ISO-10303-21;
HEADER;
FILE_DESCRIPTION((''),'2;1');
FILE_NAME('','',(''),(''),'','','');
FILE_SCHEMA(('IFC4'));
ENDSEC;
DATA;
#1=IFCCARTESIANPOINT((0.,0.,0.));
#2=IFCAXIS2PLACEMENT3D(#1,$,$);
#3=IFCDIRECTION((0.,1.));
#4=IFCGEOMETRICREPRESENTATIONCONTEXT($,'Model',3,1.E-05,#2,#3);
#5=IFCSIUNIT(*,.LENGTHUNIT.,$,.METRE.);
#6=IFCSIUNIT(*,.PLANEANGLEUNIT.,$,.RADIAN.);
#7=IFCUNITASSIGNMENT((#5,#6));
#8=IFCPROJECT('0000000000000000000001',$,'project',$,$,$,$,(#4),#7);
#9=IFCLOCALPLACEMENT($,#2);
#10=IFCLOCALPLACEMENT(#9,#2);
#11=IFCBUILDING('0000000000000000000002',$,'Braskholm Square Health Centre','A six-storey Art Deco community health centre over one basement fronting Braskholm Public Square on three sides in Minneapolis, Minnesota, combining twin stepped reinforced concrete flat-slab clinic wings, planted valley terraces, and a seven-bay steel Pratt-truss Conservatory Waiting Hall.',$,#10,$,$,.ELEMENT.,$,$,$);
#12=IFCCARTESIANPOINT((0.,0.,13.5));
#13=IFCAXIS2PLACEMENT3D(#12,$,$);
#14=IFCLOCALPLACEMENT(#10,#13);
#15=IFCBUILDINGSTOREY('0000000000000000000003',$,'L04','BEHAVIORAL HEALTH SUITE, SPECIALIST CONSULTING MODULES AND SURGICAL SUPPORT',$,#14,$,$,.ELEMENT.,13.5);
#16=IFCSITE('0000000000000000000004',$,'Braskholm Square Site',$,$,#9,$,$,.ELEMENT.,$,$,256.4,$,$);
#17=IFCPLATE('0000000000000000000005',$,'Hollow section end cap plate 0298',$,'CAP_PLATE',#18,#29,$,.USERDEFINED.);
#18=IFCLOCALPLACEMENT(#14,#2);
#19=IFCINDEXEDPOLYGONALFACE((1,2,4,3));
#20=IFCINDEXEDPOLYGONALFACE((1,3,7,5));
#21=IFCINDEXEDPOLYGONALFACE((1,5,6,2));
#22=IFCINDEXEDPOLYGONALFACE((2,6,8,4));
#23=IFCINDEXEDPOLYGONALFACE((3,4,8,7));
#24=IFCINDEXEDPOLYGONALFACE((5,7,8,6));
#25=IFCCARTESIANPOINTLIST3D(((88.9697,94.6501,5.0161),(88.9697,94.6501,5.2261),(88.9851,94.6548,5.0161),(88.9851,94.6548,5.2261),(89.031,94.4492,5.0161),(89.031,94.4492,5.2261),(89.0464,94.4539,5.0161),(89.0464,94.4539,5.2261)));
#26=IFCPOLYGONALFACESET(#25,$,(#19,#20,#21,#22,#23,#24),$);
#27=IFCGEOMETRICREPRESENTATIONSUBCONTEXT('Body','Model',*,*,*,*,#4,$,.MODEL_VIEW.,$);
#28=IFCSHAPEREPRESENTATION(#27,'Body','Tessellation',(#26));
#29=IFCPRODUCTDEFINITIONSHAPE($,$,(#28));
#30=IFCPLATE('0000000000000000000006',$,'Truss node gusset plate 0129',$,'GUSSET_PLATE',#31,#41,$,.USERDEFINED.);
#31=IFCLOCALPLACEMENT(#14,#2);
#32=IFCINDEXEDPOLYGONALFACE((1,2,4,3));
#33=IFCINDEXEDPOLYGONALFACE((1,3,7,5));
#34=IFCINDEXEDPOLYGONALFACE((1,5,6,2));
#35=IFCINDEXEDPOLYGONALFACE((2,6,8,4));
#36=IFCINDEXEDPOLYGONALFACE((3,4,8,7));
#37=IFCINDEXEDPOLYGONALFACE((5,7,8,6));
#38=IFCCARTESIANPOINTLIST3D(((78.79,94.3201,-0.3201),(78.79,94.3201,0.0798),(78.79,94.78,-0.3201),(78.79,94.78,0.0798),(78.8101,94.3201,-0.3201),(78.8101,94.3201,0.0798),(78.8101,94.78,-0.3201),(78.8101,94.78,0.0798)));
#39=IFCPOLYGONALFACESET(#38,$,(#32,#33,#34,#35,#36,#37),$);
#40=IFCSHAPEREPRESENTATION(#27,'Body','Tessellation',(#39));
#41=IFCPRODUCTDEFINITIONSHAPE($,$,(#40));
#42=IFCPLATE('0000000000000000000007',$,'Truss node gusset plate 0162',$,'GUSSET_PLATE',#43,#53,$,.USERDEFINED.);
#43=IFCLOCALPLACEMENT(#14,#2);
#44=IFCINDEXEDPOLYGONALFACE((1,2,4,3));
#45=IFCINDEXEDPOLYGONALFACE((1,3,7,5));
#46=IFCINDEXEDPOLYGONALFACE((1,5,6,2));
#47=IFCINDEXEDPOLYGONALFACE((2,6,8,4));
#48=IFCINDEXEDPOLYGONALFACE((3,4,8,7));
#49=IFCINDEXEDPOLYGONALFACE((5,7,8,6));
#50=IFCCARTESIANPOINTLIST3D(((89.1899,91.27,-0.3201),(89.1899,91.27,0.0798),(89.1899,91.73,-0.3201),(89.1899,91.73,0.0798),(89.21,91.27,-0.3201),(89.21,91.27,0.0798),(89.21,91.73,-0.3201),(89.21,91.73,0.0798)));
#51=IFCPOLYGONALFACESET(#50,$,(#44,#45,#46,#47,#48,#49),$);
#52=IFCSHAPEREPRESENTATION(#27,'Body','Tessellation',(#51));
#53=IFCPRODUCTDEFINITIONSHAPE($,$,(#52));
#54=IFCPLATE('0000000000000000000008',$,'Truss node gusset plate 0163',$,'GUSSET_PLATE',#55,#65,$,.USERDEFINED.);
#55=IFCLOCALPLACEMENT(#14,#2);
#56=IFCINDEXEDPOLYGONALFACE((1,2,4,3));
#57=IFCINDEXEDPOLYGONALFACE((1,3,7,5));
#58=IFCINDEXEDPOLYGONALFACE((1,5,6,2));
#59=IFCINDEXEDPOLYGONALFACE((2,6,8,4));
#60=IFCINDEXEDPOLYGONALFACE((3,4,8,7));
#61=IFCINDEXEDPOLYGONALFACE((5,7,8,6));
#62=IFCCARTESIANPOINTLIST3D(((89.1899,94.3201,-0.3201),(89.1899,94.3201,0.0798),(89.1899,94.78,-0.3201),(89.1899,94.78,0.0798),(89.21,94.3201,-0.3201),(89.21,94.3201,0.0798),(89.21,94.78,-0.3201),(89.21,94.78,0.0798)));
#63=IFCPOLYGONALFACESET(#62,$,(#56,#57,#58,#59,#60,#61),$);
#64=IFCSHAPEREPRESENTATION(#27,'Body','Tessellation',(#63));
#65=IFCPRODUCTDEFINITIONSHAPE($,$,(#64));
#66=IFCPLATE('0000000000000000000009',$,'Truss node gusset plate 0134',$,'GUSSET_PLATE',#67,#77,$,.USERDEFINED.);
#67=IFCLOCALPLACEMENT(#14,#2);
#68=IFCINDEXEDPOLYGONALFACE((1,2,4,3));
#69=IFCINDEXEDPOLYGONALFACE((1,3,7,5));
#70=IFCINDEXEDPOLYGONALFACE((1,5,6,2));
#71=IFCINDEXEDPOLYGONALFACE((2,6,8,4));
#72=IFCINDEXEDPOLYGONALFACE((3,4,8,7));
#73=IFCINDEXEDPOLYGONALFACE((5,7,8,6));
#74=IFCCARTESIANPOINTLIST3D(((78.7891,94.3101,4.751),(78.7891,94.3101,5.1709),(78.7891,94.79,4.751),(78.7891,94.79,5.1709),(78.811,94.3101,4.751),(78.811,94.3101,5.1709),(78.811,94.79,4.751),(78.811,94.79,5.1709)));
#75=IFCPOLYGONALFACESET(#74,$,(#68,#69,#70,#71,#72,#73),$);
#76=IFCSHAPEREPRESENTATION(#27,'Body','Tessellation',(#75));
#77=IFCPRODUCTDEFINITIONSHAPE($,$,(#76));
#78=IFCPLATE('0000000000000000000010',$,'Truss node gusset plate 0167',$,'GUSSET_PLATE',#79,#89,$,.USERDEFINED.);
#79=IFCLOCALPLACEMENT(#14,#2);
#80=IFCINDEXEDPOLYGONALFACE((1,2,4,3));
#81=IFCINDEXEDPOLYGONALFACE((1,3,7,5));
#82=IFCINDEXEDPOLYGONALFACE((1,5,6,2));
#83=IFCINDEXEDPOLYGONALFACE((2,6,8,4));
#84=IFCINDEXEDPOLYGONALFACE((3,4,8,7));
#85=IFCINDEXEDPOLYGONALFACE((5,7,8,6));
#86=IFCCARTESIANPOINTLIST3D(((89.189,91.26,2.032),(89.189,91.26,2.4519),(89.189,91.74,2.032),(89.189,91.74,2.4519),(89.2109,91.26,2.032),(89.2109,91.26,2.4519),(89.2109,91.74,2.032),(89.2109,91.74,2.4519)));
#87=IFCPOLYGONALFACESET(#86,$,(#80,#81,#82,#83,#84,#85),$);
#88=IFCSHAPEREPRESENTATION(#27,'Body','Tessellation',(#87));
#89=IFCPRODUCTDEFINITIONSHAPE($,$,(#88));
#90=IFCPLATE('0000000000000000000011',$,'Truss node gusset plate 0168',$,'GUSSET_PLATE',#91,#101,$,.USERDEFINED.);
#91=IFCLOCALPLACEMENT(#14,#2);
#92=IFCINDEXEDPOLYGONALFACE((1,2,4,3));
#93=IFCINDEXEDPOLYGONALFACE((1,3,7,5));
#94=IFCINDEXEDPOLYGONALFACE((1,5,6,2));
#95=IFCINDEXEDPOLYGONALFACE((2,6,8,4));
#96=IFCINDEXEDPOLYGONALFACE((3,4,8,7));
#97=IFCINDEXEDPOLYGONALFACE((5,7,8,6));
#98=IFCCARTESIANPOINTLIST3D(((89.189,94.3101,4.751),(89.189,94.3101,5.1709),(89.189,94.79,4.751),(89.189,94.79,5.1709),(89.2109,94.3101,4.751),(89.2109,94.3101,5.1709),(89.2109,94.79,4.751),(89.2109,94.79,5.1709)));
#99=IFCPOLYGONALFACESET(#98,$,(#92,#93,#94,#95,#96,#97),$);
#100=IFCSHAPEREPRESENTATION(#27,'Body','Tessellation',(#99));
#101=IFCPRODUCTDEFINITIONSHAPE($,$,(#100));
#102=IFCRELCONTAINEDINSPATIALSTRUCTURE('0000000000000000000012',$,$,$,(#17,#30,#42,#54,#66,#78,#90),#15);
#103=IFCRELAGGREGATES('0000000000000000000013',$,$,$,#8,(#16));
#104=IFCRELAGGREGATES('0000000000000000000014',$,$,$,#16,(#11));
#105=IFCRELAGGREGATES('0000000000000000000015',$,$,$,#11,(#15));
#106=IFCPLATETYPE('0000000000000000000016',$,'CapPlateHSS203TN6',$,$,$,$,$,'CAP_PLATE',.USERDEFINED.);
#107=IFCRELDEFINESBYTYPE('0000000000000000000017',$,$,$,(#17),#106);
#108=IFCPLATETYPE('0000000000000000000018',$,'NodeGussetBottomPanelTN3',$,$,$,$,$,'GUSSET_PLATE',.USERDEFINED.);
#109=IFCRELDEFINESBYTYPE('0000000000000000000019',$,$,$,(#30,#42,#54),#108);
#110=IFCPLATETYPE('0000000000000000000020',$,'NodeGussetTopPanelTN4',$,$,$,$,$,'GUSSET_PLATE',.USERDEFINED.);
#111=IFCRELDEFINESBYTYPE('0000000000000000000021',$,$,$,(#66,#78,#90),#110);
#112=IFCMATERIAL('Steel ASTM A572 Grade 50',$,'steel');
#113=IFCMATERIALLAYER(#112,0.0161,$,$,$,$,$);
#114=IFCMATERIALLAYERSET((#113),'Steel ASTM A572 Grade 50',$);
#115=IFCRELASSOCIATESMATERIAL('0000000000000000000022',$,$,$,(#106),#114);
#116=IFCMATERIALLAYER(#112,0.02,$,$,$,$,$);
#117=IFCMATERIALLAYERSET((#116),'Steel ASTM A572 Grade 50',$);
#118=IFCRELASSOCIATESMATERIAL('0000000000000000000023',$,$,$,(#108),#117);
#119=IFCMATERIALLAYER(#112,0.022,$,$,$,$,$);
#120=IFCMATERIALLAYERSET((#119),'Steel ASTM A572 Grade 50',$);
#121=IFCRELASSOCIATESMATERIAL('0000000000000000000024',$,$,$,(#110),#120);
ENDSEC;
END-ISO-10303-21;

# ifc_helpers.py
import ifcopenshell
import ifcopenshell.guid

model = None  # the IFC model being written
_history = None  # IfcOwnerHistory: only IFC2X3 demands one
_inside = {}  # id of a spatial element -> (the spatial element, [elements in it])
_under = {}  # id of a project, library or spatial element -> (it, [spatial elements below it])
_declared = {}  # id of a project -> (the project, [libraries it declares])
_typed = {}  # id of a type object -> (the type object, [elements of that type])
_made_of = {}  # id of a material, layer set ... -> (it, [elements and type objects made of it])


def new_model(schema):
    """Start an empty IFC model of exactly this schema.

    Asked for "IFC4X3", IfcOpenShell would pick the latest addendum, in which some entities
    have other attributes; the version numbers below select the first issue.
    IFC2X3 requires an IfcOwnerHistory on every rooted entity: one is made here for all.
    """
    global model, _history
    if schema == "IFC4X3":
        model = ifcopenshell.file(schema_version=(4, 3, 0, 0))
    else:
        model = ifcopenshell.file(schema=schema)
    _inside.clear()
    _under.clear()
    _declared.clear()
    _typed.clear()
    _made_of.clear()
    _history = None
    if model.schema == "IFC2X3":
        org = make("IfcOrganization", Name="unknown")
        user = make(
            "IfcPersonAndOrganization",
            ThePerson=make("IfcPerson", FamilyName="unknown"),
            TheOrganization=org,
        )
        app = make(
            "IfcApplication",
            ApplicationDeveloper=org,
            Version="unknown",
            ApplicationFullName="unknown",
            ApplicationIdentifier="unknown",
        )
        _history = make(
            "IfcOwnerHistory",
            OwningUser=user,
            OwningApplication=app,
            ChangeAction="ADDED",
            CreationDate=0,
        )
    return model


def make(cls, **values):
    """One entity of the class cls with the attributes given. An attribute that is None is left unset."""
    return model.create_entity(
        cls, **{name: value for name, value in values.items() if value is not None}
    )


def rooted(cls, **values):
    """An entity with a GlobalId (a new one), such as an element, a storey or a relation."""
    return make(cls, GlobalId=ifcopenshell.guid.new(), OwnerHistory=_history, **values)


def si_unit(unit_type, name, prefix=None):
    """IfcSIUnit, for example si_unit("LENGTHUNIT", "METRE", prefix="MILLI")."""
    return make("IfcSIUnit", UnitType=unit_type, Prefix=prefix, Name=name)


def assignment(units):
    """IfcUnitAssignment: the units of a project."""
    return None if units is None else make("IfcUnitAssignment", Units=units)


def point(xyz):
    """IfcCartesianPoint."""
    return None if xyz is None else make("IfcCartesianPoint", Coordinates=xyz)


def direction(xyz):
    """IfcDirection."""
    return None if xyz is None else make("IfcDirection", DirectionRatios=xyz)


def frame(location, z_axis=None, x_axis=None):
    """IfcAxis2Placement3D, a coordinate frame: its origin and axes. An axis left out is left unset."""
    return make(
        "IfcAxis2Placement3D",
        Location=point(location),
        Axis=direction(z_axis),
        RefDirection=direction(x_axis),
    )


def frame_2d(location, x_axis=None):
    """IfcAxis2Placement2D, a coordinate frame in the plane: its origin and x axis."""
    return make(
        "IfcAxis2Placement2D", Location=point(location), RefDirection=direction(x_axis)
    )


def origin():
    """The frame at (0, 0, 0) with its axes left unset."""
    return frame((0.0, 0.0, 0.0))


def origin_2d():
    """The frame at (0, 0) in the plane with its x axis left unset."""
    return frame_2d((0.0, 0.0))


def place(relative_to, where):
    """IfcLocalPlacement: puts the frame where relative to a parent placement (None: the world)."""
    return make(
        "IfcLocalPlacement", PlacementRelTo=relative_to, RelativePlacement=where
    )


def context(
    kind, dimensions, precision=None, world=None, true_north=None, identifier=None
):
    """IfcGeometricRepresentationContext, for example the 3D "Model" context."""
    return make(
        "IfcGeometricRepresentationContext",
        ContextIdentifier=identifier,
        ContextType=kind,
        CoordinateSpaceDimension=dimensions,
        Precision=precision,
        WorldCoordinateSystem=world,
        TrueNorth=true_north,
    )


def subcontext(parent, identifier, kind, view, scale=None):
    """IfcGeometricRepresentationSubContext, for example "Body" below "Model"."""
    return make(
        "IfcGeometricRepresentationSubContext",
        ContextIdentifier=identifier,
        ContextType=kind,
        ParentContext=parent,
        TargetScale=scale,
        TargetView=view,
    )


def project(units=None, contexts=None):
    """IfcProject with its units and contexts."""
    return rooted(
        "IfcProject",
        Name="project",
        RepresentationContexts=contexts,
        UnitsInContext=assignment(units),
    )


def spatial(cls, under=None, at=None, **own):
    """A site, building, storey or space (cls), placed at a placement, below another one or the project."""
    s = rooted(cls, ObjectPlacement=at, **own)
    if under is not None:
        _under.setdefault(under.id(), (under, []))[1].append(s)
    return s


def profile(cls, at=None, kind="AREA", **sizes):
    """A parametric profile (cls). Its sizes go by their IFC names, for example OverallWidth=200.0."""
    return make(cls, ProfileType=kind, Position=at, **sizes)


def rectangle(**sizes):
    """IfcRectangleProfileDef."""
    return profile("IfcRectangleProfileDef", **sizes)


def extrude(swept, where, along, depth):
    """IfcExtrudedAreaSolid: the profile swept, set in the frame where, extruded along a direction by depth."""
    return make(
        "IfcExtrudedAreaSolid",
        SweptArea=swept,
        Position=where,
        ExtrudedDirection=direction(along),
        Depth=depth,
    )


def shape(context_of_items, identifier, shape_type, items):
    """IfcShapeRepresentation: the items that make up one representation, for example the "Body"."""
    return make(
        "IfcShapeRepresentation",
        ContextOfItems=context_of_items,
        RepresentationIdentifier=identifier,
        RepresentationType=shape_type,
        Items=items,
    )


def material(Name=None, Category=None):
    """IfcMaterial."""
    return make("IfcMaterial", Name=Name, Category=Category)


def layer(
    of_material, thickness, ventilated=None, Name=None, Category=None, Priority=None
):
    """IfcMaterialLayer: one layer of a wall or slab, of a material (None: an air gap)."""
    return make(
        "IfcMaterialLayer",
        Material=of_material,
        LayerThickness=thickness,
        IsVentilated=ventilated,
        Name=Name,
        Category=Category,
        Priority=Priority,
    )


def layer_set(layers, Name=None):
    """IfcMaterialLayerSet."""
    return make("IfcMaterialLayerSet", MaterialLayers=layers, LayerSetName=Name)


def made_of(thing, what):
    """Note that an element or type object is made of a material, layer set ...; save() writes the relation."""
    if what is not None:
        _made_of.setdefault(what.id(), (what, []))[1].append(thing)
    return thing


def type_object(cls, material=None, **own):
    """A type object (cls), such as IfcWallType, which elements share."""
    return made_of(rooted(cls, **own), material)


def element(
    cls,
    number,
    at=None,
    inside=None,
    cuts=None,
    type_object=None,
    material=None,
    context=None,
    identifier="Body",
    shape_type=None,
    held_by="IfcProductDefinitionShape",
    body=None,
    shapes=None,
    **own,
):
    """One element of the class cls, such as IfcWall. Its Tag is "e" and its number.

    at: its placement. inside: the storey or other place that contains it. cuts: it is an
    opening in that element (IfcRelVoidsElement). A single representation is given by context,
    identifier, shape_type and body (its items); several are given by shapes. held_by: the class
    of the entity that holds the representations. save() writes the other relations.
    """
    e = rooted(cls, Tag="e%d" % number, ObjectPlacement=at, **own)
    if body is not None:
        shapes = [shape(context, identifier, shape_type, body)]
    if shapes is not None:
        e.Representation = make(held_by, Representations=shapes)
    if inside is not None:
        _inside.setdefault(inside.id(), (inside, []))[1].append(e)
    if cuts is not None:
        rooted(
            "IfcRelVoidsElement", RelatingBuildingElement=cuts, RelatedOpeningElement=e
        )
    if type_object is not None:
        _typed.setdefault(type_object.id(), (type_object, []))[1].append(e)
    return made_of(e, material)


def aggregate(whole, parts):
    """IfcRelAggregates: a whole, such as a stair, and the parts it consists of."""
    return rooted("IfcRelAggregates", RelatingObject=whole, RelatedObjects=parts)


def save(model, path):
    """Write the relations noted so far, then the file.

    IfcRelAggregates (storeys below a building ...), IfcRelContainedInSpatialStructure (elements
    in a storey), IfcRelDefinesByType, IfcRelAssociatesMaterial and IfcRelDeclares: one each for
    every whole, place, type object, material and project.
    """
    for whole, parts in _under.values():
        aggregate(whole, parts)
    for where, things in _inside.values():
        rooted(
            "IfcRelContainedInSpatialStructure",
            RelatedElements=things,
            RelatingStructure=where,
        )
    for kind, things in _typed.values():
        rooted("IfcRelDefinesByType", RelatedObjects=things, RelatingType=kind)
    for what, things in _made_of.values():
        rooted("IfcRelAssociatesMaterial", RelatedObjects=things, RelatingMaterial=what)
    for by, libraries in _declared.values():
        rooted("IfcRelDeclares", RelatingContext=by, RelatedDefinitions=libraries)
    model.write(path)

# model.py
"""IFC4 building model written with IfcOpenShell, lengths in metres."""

from ifc_helpers import new_model, si_unit, direction, frame, origin, origin_2d, place, context, subcontext, project, spatial, rectangle, extrude, material, layer, layer_set, type_object, element, save


model = new_model("IFC4")

# Units and contexts
model_context = context("Model", 3, precision=1e-05, world=origin(), true_north=direction((0.0, 1.0)))
body_context = subcontext(model_context, "Body", "Model", "MODEL_VIEW")
ifc_project = project(units=[si_unit("LENGTHUNIT", "METRE"), si_unit("PLANEANGLEUNIT", "RADIAN")], contexts=[model_context])

# Site, building, storey
site_placement = place(None, origin())
site = spatial("IfcSite", under=ifc_project, at=site_placement, Name="Braskholm Square Site", CompositionType="ELEMENT", RefElevation=256.4)
building_placement = place(site_placement, origin())
building = spatial("IfcBuilding", under=site, at=building_placement, Name="Braskholm Square Health Centre", Description="A six-storey Art Deco community health centre over one basement fronting Braskholm Public Square on three sides in Minneapolis, Minnesota, combining twin stepped reinforced concrete flat-slab clinic wings, planted valley terraces, and a seven-bay steel Pratt-truss Conservatory Waiting Hall.", CompositionType="ELEMENT")
storey_placement = place(building_placement, frame((0.0, 0.0, 13.5)))
storey = spatial("IfcBuildingStorey", under=building, at=storey_placement, Name="L04", Description="BEHAVIORAL HEALTH SUITE, SPECIALIST CONSULTING MODULES AND SURGICAL SUPPORT", CompositionType="ELEMENT", Elevation=13.5)

# Plates
ifc_material_1 = material(Name="Steel ASTM A572 Grade 50", Category="steel")
ifc_layer_1 = layer(ifc_material_1, 0.0161)
ifc_layer_set_1 = layer_set([ifc_layer_1], Name="Steel ASTM A572 Grade 50")
plate_type_1 = type_object("IfcPlateType", Name="CapPlateHSS203TN6", ElementType="CAP_PLATE", PredefinedType="USERDEFINED", material=ifc_layer_set_1)
plate_placement = place(storey_placement, frame((89.0081, 94.552, 5.0161), z_axis=(0.0, 0.0, 1.0), x_axis=(0.956498, 0.291737, 0.0)))
element("IfcPlate", 1, at=plate_placement, inside=storey, type_object=plate_type_1, Name="Hollow section end cap plate 0298", ObjectType="CAP_PLATE", PredefinedType="USERDEFINED", context=body_context, shape_type="SweptSolid", body=[
    extrude(rectangle(XDim=0.0161, YDim=0.21, at=origin_2d()), origin(), (0.0, 0.0, 1.0), 0.21),
])
ifc_layer_2 = layer(ifc_material_1, 0.02)
ifc_layer_set_2 = layer_set([ifc_layer_2], Name="Steel ASTM A572 Grade 50")
plate_type_2 = type_object("IfcPlateType", Name="NodeGussetBottomPanelTN3", ElementType="GUSSET_PLATE", PredefinedType="USERDEFINED", material=ifc_layer_set_2)
for number, where, z_axis, x_axis, name in (
    (2, (78.8, 94.55, -0.3201), (0.0, 0.0, 1.0), (1.0, 0.0, 0.0), "Truss node gusset plate 0129"),
    (3, (89.2, 91.5, -0.3201), (0.0, 0.0, 1.0), (1.0, 0.0, 0.0), "Truss node gusset plate 0162"),
    (4, (89.2, 94.55, -0.3201), (0.0, 0.0, 1.0), (1.0, 0.0, 0.0), "Truss node gusset plate 0163"),
):
    element("IfcPlate", number, at=place(storey_placement, frame(where, z_axis=z_axis, x_axis=x_axis)), inside=storey, type_object=plate_type_2, Name=name, ObjectType="GUSSET_PLATE", PredefinedType="USERDEFINED", context=body_context, shape_type="SweptSolid", body=[
        extrude(rectangle(XDim=0.02, YDim=0.46, at=origin_2d()), origin(), (0.0, 0.0, 1.0), 0.3999),
    ])
ifc_layer_3 = layer(ifc_material_1, 0.022)
ifc_layer_set_3 = layer_set([ifc_layer_3], Name="Steel ASTM A572 Grade 50")
plate_type_3 = type_object("IfcPlateType", Name="NodeGussetTopPanelTN4", ElementType="GUSSET_PLATE", PredefinedType="USERDEFINED", material=ifc_layer_set_3)
for number, where, z_axis, x_axis, name in (
    (5, (78.8, 94.55, 4.751), (0.0, 0.0, 1.0), (1.0, 0.0, 0.0), "Truss node gusset plate 0134"),
    (6, (89.2, 91.5, 2.032), (0.0, 0.0, 1.0), (1.0, 0.0, 0.0), "Truss node gusset plate 0167"),
    (7, (89.2, 94.55, 4.751), (0.0, 0.0, 1.0), (1.0, 0.0, 0.0), "Truss node gusset plate 0168"),
):
    element("IfcPlate", number, at=place(storey_placement, frame(where, z_axis=z_axis, x_axis=x_axis)), inside=storey, type_object=plate_type_3, Name=name, ObjectType="GUSSET_PLATE", PredefinedType="USERDEFINED", context=body_context, shape_type="SweptSolid", body=[
        extrude(rectangle(XDim=0.022, YDim=0.48, at=origin_2d()), origin(), (0.0, 0.0, 1.0), 0.4199),
    ])

save(model, "model.ifc")
